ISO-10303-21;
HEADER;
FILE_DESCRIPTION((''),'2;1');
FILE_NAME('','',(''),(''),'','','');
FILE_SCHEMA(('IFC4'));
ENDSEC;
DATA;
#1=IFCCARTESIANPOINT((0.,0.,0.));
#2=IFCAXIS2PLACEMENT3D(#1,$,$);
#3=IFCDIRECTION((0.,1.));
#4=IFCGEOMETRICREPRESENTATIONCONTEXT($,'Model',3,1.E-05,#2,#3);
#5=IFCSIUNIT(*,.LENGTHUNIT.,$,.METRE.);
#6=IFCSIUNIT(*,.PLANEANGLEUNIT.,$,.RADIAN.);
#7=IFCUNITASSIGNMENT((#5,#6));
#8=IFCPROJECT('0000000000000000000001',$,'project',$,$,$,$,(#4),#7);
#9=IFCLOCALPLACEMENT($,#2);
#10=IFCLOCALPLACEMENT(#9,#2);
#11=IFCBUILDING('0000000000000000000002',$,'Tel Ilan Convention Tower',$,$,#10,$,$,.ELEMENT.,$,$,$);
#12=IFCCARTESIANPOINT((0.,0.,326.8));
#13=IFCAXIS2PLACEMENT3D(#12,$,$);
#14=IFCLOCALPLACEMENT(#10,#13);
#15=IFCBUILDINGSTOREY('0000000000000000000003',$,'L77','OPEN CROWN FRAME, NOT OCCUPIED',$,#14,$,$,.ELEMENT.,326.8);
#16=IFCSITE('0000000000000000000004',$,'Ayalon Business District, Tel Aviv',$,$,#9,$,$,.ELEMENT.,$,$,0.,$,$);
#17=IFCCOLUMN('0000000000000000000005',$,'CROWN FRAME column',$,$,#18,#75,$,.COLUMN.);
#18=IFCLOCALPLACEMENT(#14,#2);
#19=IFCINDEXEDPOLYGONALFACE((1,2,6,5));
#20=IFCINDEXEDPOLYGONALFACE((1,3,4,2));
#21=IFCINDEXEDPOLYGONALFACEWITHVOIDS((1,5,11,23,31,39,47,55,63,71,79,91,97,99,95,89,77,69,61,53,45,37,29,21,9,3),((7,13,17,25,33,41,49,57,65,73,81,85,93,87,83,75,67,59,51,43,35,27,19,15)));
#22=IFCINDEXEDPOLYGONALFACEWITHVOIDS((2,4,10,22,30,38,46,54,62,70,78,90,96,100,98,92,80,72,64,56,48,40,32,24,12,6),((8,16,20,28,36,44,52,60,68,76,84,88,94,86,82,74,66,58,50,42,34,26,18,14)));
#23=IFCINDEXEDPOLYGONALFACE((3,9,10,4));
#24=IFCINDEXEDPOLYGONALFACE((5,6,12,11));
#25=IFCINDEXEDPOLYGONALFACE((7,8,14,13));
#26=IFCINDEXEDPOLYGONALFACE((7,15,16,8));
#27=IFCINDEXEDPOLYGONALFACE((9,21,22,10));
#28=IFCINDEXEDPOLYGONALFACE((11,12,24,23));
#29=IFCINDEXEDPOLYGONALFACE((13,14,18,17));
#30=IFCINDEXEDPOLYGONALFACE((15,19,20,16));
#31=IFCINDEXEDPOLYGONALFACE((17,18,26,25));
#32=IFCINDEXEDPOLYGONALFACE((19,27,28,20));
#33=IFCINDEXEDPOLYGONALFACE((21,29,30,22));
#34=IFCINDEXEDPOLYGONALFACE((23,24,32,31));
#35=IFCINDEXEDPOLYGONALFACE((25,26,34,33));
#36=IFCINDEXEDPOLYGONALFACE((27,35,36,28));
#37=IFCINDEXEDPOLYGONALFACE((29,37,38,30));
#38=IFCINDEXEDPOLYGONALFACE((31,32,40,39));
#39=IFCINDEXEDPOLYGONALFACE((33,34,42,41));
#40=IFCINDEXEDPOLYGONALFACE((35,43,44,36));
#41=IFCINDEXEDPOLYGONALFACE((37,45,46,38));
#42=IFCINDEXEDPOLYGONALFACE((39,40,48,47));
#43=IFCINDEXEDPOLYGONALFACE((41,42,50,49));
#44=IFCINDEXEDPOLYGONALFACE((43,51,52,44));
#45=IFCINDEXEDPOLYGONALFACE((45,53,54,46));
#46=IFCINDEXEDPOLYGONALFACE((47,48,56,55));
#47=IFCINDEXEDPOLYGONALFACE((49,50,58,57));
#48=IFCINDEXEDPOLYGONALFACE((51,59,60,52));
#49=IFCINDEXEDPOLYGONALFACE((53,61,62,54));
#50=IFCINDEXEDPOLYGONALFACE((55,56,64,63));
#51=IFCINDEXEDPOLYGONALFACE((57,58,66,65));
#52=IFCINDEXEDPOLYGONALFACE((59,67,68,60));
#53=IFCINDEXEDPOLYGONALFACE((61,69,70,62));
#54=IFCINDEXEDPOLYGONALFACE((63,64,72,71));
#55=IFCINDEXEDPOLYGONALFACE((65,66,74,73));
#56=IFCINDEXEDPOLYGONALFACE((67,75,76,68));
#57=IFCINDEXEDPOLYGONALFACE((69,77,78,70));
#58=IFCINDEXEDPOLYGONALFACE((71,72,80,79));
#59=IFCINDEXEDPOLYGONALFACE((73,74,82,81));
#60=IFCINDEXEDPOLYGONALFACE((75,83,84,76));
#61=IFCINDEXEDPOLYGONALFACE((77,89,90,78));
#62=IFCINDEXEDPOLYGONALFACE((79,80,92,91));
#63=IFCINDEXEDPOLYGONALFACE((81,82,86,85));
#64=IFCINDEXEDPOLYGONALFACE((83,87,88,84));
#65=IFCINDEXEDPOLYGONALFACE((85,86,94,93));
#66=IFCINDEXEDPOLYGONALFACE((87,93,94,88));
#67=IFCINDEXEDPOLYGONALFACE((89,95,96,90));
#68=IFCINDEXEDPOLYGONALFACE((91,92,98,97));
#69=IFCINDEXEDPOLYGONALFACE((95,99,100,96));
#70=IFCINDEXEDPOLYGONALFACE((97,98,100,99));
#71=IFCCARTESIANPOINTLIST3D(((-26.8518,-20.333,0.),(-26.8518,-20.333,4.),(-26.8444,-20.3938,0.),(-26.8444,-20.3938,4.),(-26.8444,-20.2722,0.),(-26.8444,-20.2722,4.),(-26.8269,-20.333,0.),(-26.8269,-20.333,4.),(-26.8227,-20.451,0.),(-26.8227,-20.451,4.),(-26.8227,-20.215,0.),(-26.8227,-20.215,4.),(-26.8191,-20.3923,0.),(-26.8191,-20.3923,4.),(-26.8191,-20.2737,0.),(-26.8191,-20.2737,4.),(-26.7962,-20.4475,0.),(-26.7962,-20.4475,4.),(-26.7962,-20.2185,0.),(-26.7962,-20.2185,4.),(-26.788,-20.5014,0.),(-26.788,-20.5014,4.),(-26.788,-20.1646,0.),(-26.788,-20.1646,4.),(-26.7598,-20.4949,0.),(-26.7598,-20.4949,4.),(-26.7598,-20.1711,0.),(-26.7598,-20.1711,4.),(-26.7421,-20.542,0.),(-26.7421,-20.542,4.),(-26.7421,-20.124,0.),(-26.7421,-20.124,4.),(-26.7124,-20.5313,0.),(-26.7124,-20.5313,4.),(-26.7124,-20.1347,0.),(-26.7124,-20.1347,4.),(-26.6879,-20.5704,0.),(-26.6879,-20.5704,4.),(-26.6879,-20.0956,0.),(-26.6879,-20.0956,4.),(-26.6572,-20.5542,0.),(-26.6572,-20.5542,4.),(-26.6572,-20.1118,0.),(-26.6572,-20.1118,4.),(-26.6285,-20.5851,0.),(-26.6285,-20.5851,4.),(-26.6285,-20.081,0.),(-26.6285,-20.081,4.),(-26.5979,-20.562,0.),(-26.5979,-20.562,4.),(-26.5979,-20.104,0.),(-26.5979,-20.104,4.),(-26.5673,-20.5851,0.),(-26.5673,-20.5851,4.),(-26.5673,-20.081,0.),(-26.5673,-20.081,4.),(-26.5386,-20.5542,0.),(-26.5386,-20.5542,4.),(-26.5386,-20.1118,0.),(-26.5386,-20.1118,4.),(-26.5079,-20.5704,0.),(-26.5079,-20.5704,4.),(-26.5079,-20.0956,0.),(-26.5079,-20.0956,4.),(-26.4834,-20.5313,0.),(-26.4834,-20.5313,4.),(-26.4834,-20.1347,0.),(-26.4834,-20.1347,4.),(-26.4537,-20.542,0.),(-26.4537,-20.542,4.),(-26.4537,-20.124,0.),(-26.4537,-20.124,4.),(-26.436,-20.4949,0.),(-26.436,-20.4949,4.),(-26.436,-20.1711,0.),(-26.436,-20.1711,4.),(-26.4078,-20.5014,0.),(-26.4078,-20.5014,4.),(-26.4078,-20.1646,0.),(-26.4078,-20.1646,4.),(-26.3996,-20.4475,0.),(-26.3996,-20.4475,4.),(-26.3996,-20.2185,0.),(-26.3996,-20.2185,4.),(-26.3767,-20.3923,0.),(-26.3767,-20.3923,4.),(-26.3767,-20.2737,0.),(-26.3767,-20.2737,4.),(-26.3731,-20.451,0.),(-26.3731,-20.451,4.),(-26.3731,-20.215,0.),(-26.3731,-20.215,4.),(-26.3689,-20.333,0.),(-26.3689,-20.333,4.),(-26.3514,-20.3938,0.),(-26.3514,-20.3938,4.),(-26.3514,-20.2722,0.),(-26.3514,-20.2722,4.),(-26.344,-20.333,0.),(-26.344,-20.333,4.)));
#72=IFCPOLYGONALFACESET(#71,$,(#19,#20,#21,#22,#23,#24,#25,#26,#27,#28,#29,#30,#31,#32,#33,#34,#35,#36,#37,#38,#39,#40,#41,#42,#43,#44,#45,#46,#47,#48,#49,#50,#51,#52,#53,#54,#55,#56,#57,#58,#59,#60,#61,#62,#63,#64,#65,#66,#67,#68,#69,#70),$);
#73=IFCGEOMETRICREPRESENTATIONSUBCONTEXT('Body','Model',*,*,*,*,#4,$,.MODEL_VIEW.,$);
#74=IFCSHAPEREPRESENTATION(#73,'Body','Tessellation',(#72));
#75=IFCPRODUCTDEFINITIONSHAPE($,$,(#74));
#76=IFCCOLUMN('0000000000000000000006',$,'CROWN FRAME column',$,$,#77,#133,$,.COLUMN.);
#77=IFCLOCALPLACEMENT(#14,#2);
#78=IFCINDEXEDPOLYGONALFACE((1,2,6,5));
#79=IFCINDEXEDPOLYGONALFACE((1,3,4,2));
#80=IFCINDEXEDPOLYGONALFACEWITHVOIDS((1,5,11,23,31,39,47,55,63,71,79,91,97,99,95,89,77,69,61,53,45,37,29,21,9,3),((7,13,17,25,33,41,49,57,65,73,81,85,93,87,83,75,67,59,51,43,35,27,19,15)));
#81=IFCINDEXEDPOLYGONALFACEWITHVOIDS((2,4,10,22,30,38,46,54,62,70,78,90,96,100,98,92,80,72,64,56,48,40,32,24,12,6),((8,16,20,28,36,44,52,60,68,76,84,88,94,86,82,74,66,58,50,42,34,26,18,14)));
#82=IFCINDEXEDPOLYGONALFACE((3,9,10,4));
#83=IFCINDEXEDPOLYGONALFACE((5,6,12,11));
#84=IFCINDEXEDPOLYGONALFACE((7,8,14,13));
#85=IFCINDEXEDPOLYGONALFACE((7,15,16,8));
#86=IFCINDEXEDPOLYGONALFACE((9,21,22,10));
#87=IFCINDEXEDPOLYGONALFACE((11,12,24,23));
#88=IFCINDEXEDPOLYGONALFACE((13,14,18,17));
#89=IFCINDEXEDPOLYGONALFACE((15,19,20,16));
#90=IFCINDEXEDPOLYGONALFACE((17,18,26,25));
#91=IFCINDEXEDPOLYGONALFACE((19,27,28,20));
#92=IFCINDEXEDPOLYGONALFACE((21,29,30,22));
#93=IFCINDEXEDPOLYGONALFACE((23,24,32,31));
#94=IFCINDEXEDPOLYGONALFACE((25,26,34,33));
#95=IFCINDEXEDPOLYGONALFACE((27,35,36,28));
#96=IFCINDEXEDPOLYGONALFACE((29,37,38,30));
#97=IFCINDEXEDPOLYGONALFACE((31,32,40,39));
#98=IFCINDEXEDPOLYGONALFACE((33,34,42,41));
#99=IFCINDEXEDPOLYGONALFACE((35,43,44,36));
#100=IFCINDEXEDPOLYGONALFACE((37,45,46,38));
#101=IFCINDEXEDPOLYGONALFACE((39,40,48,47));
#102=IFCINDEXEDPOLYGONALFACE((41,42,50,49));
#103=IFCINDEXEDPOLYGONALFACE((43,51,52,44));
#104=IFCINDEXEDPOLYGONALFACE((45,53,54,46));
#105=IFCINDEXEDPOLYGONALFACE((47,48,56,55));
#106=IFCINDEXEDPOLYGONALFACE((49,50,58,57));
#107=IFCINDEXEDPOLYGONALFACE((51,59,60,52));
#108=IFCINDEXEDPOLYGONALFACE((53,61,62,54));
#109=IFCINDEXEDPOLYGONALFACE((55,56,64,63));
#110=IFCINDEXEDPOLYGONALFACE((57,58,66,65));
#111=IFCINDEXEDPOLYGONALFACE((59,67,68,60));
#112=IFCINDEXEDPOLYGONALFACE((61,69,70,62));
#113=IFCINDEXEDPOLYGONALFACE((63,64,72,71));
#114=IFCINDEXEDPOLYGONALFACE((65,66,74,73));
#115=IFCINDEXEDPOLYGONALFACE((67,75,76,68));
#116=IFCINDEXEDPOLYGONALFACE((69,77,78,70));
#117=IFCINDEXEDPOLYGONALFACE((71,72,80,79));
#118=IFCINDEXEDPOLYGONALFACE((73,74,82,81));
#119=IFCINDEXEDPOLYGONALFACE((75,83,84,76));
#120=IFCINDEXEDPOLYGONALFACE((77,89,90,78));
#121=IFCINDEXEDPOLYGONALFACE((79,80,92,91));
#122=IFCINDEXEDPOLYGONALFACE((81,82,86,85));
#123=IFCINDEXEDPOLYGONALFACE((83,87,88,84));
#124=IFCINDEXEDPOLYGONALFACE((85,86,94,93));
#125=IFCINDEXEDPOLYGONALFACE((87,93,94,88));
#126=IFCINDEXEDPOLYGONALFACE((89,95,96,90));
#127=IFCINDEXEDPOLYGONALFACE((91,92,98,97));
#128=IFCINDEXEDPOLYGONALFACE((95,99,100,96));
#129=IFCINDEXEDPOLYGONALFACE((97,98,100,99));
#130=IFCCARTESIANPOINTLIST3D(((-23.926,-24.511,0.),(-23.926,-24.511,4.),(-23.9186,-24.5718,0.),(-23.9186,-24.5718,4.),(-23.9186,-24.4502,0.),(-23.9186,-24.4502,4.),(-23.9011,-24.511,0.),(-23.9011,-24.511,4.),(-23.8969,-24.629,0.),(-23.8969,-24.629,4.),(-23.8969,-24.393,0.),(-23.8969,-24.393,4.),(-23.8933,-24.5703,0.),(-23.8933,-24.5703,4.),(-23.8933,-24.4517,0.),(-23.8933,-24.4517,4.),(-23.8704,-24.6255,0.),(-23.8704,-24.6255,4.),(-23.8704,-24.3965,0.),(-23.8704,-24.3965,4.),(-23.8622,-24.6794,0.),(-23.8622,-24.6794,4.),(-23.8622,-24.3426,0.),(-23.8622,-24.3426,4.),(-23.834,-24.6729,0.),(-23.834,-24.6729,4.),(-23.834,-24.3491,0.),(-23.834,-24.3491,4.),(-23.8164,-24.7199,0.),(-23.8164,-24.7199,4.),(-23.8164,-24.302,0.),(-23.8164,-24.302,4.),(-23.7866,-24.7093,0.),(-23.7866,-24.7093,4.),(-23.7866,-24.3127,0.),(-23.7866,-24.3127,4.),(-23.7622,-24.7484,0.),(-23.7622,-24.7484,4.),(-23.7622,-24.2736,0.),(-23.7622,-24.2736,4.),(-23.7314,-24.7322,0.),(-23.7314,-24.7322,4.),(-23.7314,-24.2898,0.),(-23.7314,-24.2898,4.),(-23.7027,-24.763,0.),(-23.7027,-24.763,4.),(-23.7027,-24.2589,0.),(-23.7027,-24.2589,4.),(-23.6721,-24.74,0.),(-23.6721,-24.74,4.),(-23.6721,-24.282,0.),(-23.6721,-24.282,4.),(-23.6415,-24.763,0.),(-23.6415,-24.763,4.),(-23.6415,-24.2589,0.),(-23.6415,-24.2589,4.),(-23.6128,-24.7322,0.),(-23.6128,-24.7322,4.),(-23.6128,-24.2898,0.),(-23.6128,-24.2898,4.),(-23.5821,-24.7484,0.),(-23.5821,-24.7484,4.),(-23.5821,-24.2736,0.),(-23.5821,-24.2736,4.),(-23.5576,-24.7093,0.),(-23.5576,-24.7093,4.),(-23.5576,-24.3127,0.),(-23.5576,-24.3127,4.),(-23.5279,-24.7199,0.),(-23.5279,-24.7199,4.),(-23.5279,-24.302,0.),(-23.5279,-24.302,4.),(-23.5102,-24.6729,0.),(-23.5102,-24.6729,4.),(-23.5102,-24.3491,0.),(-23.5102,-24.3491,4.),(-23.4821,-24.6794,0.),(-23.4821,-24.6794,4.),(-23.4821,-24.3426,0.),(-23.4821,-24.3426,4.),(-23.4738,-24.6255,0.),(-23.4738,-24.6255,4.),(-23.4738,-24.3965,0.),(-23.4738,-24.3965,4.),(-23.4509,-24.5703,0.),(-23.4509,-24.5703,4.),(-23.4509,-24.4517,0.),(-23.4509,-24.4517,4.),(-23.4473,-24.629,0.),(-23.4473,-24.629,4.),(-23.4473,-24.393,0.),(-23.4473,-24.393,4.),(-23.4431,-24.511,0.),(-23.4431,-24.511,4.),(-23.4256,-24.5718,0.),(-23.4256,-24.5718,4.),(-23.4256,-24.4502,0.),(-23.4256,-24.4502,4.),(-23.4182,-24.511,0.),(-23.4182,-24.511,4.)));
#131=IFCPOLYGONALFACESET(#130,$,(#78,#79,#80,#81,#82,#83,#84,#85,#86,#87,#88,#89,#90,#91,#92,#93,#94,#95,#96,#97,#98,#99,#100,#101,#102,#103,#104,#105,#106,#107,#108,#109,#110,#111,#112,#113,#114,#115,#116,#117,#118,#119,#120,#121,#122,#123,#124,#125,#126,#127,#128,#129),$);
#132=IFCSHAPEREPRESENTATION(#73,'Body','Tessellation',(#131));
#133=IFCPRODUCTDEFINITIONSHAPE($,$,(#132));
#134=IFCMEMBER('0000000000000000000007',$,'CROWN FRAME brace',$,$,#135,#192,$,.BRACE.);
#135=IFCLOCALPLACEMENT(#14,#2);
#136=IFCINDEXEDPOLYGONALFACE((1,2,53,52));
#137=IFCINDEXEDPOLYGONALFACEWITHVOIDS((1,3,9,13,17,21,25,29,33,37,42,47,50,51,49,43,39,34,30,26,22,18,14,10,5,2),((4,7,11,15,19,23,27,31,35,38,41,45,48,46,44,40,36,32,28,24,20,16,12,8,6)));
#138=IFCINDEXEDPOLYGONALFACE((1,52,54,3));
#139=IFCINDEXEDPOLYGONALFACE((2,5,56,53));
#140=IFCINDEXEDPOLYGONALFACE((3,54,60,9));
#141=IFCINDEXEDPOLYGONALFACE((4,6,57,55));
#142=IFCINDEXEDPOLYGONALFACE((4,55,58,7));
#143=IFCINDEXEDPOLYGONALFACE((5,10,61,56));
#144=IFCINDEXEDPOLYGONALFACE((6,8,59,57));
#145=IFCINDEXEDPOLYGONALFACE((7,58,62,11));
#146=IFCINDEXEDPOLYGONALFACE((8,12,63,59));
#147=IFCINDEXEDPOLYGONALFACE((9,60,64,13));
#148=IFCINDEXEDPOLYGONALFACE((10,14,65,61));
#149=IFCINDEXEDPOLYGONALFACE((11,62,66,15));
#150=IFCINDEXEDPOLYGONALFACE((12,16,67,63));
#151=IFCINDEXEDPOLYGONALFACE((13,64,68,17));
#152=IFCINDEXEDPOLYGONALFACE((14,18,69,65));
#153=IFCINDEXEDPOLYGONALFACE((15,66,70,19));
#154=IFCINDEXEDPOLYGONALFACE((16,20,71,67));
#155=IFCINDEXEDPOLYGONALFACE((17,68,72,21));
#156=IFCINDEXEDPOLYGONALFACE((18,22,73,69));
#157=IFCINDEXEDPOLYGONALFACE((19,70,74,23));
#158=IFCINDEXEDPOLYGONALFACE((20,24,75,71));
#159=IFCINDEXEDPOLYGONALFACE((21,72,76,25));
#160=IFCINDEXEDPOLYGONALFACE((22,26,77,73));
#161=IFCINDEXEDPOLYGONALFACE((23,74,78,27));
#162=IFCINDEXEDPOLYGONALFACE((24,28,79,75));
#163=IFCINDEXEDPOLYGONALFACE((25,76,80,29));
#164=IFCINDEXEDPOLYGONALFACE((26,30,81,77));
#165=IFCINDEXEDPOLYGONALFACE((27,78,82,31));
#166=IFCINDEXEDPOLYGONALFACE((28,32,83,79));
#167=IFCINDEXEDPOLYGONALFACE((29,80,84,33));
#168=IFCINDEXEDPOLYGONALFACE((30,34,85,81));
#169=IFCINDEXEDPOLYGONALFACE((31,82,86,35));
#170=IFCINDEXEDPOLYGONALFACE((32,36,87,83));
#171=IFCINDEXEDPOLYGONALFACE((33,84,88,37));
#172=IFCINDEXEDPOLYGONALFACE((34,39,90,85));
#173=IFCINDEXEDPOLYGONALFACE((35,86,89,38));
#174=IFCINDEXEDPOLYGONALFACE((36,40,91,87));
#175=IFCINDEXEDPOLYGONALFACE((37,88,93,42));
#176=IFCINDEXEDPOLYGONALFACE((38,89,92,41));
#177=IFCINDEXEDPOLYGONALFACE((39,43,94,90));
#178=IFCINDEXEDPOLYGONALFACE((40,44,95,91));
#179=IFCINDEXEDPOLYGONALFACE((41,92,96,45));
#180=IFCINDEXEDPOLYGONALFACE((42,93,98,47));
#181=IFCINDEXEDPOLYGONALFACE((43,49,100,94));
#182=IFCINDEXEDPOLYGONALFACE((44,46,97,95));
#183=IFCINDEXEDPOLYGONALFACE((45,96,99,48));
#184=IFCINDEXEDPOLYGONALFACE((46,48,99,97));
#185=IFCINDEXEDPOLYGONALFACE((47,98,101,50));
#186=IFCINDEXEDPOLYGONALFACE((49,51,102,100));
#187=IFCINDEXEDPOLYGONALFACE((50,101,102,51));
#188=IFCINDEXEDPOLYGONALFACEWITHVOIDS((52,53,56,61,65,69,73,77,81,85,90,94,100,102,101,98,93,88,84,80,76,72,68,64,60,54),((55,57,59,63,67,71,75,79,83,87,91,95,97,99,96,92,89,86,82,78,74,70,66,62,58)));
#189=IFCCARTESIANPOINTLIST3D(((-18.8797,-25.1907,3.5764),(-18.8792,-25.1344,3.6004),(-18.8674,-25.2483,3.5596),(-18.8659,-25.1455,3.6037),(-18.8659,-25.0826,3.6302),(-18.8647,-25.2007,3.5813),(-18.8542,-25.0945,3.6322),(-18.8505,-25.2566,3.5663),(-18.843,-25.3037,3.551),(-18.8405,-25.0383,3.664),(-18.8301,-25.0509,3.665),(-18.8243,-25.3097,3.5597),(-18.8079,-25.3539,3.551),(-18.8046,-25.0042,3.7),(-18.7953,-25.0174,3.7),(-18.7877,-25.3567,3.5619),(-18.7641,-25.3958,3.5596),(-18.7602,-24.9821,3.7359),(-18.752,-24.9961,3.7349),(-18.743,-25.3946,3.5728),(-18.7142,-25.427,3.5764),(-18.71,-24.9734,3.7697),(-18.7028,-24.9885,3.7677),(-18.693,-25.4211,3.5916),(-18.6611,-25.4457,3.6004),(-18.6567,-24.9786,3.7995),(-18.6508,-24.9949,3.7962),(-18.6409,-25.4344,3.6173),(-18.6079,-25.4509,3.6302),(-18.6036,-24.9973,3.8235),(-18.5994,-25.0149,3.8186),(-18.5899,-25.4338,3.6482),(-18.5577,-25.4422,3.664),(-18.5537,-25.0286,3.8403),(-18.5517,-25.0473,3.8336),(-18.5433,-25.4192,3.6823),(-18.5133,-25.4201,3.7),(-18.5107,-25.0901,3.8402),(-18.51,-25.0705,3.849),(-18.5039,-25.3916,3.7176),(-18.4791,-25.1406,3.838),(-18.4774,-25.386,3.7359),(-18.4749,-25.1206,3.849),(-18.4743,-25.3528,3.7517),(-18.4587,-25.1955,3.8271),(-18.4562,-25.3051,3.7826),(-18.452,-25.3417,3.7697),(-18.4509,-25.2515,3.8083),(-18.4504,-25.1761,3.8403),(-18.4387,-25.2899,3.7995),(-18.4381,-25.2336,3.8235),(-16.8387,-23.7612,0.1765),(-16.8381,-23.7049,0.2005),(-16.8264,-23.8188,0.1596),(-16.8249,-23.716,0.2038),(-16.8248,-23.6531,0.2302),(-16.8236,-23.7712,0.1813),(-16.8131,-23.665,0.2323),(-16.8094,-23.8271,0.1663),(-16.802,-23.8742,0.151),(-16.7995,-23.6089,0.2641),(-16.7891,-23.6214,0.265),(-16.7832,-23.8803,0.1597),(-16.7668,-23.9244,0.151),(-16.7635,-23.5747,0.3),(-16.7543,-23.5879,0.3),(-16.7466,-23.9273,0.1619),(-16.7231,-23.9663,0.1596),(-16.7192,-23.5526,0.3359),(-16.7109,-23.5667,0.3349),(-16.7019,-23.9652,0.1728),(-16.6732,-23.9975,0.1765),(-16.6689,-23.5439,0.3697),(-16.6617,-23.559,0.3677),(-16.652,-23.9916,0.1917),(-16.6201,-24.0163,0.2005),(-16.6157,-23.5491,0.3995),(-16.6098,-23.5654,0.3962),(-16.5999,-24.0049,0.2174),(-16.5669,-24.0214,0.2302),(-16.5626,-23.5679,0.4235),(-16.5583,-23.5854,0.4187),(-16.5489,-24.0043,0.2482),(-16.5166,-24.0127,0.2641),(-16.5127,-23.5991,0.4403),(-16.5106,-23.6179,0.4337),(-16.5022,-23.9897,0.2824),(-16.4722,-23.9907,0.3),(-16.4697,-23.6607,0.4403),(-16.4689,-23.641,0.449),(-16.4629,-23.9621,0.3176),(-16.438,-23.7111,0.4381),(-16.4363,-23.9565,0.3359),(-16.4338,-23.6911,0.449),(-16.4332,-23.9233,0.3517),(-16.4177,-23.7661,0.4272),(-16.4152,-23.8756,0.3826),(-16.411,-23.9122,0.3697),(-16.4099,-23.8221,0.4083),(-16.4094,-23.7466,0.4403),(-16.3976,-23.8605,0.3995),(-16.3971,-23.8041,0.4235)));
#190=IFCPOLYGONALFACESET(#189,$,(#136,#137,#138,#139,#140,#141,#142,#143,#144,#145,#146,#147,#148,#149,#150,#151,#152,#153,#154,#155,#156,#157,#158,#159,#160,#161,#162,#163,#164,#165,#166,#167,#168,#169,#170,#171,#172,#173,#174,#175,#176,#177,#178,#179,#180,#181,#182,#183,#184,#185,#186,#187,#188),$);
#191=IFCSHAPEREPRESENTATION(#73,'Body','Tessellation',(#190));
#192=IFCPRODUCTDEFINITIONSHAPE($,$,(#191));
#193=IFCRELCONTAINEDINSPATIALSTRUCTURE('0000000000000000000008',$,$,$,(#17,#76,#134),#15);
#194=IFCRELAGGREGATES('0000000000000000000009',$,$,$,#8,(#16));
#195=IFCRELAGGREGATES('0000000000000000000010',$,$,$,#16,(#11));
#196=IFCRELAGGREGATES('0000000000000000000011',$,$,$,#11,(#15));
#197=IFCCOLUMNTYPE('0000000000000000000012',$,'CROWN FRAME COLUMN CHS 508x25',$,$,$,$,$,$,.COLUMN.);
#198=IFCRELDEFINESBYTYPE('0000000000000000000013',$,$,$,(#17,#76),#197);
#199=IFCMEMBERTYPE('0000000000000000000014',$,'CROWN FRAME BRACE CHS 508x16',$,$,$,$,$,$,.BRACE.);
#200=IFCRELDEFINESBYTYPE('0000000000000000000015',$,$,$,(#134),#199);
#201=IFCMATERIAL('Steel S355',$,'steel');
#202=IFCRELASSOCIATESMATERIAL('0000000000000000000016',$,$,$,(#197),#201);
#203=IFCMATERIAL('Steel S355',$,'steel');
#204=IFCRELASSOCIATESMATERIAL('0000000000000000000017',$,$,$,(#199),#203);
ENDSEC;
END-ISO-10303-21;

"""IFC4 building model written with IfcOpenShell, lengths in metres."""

from ifc_helpers import new_model, si_unit, direction, frame, origin, origin_2d, place, context, subcontext, project, spatial, hollow_circle, extrude, material, material_profile, profile_set, type_object, element, save


model = new_model("IFC4")

# Units and contexts
model_context = context("Model", 3, precision=1e-05, world=origin(), true_north=direction((0.0, 1.0)))
body_context = subcontext(model_context, "Body", "Model", "MODEL_VIEW")
ifc_project = project(units=[si_unit("LENGTHUNIT", "METRE"), si_unit("PLANEANGLEUNIT", "RADIAN")], contexts=[model_context])

# Site, building, storey
site_placement = place(None, origin())
site = spatial("IfcSite", under=ifc_project, at=site_placement, Name="Ayalon Business District, Tel Aviv", CompositionType="ELEMENT", RefElevation=0.0)
building_placement = place(site_placement, origin())
building = spatial("IfcBuilding", under=site, at=building_placement, Name="Tel Ilan Convention Tower", CompositionType="ELEMENT")
storey_placement = place(building_placement, frame((0.0, 0.0, 326.8)))
storey = spatial("IfcBuildingStorey", under=building, at=storey_placement, Name="L77", Description="OPEN CROWN FRAME, NOT OCCUPIED", CompositionType="ELEMENT", Elevation=326.8)

# Columns
ifc_material_1 = material(Name="Steel S355", Category="steel")
ifc_material_profile_1 = material_profile(ifc_material_1, hollow_circle(Radius=0.2539, WallThickness=0.0249, at=origin_2d()), Name="CHS 508x25")
ifc_profile_set_1 = profile_set([ifc_material_profile_1], Name="Steel S355")
column_type = type_object("IfcColumnType", Name="CROWN FRAME COLUMN CHS 508x25", PredefinedType="COLUMN", material=ifc_profile_set_1)
for number, where, z_axis, x_axis, name in (
    (1, (-26.5979, -20.333, 0.0), (0.0, 0.0, 1.0), (1.0, 0.0, 0.0), "CROWN FRAME column"),
    (2, (-23.6721, -24.511, 0.0), (0.0, 0.0, 1.0), (1.0, 0.0, 0.0), "CROWN FRAME column"),
):
    element("IfcColumn", number, at=place(storey_placement, frame(where, z_axis=z_axis, x_axis=x_axis)), inside=storey, type_object=column_type, Name=name, PredefinedType="COLUMN", context=body_context, shape_type="SweptSolid", body=[
        extrude(hollow_circle(Radius=0.2539, WallThickness=0.0249, at=origin_2d()), origin(), (0.0, 0.0, 1.0), 4.0),
    ])

# Member
ifc_material_2 = material(Name="Steel S355", Category="steel")
ifc_material_profile_2 = material_profile(ifc_material_2, hollow_circle(Radius=0.2539, WallThickness=0.0161, at=origin_2d()), Name="CHS 508x16")
ifc_profile_set_2 = profile_set([ifc_material_profile_2], Name="Steel S355")
member_type = type_object("IfcMemberType", Name="CROWN FRAME BRACE CHS 508x16", PredefinedType="BRACE", material=ifc_profile_set_2)
member_1_placement = place(storey_placement, frame((-18.6589, -25.2122, 3.7), z_axis=(0.484197, 0.339112, -0.806571), x_axis=(-0.57366, 0.819094, 0.0)))
element("IfcMember", 3, at=member_1_placement, inside=storey, type_object=member_type, Name="CROWN FRAME brace", PredefinedType="BRACE", context=body_context, shape_type="SweptSolid", body=[
    extrude(hollow_circle(Radius=0.2539, WallThickness=0.0161, at=origin_2d()), origin(), (0.0, 0.0, 1.0), 4.2153),
])

save(model, "model.ifc")
